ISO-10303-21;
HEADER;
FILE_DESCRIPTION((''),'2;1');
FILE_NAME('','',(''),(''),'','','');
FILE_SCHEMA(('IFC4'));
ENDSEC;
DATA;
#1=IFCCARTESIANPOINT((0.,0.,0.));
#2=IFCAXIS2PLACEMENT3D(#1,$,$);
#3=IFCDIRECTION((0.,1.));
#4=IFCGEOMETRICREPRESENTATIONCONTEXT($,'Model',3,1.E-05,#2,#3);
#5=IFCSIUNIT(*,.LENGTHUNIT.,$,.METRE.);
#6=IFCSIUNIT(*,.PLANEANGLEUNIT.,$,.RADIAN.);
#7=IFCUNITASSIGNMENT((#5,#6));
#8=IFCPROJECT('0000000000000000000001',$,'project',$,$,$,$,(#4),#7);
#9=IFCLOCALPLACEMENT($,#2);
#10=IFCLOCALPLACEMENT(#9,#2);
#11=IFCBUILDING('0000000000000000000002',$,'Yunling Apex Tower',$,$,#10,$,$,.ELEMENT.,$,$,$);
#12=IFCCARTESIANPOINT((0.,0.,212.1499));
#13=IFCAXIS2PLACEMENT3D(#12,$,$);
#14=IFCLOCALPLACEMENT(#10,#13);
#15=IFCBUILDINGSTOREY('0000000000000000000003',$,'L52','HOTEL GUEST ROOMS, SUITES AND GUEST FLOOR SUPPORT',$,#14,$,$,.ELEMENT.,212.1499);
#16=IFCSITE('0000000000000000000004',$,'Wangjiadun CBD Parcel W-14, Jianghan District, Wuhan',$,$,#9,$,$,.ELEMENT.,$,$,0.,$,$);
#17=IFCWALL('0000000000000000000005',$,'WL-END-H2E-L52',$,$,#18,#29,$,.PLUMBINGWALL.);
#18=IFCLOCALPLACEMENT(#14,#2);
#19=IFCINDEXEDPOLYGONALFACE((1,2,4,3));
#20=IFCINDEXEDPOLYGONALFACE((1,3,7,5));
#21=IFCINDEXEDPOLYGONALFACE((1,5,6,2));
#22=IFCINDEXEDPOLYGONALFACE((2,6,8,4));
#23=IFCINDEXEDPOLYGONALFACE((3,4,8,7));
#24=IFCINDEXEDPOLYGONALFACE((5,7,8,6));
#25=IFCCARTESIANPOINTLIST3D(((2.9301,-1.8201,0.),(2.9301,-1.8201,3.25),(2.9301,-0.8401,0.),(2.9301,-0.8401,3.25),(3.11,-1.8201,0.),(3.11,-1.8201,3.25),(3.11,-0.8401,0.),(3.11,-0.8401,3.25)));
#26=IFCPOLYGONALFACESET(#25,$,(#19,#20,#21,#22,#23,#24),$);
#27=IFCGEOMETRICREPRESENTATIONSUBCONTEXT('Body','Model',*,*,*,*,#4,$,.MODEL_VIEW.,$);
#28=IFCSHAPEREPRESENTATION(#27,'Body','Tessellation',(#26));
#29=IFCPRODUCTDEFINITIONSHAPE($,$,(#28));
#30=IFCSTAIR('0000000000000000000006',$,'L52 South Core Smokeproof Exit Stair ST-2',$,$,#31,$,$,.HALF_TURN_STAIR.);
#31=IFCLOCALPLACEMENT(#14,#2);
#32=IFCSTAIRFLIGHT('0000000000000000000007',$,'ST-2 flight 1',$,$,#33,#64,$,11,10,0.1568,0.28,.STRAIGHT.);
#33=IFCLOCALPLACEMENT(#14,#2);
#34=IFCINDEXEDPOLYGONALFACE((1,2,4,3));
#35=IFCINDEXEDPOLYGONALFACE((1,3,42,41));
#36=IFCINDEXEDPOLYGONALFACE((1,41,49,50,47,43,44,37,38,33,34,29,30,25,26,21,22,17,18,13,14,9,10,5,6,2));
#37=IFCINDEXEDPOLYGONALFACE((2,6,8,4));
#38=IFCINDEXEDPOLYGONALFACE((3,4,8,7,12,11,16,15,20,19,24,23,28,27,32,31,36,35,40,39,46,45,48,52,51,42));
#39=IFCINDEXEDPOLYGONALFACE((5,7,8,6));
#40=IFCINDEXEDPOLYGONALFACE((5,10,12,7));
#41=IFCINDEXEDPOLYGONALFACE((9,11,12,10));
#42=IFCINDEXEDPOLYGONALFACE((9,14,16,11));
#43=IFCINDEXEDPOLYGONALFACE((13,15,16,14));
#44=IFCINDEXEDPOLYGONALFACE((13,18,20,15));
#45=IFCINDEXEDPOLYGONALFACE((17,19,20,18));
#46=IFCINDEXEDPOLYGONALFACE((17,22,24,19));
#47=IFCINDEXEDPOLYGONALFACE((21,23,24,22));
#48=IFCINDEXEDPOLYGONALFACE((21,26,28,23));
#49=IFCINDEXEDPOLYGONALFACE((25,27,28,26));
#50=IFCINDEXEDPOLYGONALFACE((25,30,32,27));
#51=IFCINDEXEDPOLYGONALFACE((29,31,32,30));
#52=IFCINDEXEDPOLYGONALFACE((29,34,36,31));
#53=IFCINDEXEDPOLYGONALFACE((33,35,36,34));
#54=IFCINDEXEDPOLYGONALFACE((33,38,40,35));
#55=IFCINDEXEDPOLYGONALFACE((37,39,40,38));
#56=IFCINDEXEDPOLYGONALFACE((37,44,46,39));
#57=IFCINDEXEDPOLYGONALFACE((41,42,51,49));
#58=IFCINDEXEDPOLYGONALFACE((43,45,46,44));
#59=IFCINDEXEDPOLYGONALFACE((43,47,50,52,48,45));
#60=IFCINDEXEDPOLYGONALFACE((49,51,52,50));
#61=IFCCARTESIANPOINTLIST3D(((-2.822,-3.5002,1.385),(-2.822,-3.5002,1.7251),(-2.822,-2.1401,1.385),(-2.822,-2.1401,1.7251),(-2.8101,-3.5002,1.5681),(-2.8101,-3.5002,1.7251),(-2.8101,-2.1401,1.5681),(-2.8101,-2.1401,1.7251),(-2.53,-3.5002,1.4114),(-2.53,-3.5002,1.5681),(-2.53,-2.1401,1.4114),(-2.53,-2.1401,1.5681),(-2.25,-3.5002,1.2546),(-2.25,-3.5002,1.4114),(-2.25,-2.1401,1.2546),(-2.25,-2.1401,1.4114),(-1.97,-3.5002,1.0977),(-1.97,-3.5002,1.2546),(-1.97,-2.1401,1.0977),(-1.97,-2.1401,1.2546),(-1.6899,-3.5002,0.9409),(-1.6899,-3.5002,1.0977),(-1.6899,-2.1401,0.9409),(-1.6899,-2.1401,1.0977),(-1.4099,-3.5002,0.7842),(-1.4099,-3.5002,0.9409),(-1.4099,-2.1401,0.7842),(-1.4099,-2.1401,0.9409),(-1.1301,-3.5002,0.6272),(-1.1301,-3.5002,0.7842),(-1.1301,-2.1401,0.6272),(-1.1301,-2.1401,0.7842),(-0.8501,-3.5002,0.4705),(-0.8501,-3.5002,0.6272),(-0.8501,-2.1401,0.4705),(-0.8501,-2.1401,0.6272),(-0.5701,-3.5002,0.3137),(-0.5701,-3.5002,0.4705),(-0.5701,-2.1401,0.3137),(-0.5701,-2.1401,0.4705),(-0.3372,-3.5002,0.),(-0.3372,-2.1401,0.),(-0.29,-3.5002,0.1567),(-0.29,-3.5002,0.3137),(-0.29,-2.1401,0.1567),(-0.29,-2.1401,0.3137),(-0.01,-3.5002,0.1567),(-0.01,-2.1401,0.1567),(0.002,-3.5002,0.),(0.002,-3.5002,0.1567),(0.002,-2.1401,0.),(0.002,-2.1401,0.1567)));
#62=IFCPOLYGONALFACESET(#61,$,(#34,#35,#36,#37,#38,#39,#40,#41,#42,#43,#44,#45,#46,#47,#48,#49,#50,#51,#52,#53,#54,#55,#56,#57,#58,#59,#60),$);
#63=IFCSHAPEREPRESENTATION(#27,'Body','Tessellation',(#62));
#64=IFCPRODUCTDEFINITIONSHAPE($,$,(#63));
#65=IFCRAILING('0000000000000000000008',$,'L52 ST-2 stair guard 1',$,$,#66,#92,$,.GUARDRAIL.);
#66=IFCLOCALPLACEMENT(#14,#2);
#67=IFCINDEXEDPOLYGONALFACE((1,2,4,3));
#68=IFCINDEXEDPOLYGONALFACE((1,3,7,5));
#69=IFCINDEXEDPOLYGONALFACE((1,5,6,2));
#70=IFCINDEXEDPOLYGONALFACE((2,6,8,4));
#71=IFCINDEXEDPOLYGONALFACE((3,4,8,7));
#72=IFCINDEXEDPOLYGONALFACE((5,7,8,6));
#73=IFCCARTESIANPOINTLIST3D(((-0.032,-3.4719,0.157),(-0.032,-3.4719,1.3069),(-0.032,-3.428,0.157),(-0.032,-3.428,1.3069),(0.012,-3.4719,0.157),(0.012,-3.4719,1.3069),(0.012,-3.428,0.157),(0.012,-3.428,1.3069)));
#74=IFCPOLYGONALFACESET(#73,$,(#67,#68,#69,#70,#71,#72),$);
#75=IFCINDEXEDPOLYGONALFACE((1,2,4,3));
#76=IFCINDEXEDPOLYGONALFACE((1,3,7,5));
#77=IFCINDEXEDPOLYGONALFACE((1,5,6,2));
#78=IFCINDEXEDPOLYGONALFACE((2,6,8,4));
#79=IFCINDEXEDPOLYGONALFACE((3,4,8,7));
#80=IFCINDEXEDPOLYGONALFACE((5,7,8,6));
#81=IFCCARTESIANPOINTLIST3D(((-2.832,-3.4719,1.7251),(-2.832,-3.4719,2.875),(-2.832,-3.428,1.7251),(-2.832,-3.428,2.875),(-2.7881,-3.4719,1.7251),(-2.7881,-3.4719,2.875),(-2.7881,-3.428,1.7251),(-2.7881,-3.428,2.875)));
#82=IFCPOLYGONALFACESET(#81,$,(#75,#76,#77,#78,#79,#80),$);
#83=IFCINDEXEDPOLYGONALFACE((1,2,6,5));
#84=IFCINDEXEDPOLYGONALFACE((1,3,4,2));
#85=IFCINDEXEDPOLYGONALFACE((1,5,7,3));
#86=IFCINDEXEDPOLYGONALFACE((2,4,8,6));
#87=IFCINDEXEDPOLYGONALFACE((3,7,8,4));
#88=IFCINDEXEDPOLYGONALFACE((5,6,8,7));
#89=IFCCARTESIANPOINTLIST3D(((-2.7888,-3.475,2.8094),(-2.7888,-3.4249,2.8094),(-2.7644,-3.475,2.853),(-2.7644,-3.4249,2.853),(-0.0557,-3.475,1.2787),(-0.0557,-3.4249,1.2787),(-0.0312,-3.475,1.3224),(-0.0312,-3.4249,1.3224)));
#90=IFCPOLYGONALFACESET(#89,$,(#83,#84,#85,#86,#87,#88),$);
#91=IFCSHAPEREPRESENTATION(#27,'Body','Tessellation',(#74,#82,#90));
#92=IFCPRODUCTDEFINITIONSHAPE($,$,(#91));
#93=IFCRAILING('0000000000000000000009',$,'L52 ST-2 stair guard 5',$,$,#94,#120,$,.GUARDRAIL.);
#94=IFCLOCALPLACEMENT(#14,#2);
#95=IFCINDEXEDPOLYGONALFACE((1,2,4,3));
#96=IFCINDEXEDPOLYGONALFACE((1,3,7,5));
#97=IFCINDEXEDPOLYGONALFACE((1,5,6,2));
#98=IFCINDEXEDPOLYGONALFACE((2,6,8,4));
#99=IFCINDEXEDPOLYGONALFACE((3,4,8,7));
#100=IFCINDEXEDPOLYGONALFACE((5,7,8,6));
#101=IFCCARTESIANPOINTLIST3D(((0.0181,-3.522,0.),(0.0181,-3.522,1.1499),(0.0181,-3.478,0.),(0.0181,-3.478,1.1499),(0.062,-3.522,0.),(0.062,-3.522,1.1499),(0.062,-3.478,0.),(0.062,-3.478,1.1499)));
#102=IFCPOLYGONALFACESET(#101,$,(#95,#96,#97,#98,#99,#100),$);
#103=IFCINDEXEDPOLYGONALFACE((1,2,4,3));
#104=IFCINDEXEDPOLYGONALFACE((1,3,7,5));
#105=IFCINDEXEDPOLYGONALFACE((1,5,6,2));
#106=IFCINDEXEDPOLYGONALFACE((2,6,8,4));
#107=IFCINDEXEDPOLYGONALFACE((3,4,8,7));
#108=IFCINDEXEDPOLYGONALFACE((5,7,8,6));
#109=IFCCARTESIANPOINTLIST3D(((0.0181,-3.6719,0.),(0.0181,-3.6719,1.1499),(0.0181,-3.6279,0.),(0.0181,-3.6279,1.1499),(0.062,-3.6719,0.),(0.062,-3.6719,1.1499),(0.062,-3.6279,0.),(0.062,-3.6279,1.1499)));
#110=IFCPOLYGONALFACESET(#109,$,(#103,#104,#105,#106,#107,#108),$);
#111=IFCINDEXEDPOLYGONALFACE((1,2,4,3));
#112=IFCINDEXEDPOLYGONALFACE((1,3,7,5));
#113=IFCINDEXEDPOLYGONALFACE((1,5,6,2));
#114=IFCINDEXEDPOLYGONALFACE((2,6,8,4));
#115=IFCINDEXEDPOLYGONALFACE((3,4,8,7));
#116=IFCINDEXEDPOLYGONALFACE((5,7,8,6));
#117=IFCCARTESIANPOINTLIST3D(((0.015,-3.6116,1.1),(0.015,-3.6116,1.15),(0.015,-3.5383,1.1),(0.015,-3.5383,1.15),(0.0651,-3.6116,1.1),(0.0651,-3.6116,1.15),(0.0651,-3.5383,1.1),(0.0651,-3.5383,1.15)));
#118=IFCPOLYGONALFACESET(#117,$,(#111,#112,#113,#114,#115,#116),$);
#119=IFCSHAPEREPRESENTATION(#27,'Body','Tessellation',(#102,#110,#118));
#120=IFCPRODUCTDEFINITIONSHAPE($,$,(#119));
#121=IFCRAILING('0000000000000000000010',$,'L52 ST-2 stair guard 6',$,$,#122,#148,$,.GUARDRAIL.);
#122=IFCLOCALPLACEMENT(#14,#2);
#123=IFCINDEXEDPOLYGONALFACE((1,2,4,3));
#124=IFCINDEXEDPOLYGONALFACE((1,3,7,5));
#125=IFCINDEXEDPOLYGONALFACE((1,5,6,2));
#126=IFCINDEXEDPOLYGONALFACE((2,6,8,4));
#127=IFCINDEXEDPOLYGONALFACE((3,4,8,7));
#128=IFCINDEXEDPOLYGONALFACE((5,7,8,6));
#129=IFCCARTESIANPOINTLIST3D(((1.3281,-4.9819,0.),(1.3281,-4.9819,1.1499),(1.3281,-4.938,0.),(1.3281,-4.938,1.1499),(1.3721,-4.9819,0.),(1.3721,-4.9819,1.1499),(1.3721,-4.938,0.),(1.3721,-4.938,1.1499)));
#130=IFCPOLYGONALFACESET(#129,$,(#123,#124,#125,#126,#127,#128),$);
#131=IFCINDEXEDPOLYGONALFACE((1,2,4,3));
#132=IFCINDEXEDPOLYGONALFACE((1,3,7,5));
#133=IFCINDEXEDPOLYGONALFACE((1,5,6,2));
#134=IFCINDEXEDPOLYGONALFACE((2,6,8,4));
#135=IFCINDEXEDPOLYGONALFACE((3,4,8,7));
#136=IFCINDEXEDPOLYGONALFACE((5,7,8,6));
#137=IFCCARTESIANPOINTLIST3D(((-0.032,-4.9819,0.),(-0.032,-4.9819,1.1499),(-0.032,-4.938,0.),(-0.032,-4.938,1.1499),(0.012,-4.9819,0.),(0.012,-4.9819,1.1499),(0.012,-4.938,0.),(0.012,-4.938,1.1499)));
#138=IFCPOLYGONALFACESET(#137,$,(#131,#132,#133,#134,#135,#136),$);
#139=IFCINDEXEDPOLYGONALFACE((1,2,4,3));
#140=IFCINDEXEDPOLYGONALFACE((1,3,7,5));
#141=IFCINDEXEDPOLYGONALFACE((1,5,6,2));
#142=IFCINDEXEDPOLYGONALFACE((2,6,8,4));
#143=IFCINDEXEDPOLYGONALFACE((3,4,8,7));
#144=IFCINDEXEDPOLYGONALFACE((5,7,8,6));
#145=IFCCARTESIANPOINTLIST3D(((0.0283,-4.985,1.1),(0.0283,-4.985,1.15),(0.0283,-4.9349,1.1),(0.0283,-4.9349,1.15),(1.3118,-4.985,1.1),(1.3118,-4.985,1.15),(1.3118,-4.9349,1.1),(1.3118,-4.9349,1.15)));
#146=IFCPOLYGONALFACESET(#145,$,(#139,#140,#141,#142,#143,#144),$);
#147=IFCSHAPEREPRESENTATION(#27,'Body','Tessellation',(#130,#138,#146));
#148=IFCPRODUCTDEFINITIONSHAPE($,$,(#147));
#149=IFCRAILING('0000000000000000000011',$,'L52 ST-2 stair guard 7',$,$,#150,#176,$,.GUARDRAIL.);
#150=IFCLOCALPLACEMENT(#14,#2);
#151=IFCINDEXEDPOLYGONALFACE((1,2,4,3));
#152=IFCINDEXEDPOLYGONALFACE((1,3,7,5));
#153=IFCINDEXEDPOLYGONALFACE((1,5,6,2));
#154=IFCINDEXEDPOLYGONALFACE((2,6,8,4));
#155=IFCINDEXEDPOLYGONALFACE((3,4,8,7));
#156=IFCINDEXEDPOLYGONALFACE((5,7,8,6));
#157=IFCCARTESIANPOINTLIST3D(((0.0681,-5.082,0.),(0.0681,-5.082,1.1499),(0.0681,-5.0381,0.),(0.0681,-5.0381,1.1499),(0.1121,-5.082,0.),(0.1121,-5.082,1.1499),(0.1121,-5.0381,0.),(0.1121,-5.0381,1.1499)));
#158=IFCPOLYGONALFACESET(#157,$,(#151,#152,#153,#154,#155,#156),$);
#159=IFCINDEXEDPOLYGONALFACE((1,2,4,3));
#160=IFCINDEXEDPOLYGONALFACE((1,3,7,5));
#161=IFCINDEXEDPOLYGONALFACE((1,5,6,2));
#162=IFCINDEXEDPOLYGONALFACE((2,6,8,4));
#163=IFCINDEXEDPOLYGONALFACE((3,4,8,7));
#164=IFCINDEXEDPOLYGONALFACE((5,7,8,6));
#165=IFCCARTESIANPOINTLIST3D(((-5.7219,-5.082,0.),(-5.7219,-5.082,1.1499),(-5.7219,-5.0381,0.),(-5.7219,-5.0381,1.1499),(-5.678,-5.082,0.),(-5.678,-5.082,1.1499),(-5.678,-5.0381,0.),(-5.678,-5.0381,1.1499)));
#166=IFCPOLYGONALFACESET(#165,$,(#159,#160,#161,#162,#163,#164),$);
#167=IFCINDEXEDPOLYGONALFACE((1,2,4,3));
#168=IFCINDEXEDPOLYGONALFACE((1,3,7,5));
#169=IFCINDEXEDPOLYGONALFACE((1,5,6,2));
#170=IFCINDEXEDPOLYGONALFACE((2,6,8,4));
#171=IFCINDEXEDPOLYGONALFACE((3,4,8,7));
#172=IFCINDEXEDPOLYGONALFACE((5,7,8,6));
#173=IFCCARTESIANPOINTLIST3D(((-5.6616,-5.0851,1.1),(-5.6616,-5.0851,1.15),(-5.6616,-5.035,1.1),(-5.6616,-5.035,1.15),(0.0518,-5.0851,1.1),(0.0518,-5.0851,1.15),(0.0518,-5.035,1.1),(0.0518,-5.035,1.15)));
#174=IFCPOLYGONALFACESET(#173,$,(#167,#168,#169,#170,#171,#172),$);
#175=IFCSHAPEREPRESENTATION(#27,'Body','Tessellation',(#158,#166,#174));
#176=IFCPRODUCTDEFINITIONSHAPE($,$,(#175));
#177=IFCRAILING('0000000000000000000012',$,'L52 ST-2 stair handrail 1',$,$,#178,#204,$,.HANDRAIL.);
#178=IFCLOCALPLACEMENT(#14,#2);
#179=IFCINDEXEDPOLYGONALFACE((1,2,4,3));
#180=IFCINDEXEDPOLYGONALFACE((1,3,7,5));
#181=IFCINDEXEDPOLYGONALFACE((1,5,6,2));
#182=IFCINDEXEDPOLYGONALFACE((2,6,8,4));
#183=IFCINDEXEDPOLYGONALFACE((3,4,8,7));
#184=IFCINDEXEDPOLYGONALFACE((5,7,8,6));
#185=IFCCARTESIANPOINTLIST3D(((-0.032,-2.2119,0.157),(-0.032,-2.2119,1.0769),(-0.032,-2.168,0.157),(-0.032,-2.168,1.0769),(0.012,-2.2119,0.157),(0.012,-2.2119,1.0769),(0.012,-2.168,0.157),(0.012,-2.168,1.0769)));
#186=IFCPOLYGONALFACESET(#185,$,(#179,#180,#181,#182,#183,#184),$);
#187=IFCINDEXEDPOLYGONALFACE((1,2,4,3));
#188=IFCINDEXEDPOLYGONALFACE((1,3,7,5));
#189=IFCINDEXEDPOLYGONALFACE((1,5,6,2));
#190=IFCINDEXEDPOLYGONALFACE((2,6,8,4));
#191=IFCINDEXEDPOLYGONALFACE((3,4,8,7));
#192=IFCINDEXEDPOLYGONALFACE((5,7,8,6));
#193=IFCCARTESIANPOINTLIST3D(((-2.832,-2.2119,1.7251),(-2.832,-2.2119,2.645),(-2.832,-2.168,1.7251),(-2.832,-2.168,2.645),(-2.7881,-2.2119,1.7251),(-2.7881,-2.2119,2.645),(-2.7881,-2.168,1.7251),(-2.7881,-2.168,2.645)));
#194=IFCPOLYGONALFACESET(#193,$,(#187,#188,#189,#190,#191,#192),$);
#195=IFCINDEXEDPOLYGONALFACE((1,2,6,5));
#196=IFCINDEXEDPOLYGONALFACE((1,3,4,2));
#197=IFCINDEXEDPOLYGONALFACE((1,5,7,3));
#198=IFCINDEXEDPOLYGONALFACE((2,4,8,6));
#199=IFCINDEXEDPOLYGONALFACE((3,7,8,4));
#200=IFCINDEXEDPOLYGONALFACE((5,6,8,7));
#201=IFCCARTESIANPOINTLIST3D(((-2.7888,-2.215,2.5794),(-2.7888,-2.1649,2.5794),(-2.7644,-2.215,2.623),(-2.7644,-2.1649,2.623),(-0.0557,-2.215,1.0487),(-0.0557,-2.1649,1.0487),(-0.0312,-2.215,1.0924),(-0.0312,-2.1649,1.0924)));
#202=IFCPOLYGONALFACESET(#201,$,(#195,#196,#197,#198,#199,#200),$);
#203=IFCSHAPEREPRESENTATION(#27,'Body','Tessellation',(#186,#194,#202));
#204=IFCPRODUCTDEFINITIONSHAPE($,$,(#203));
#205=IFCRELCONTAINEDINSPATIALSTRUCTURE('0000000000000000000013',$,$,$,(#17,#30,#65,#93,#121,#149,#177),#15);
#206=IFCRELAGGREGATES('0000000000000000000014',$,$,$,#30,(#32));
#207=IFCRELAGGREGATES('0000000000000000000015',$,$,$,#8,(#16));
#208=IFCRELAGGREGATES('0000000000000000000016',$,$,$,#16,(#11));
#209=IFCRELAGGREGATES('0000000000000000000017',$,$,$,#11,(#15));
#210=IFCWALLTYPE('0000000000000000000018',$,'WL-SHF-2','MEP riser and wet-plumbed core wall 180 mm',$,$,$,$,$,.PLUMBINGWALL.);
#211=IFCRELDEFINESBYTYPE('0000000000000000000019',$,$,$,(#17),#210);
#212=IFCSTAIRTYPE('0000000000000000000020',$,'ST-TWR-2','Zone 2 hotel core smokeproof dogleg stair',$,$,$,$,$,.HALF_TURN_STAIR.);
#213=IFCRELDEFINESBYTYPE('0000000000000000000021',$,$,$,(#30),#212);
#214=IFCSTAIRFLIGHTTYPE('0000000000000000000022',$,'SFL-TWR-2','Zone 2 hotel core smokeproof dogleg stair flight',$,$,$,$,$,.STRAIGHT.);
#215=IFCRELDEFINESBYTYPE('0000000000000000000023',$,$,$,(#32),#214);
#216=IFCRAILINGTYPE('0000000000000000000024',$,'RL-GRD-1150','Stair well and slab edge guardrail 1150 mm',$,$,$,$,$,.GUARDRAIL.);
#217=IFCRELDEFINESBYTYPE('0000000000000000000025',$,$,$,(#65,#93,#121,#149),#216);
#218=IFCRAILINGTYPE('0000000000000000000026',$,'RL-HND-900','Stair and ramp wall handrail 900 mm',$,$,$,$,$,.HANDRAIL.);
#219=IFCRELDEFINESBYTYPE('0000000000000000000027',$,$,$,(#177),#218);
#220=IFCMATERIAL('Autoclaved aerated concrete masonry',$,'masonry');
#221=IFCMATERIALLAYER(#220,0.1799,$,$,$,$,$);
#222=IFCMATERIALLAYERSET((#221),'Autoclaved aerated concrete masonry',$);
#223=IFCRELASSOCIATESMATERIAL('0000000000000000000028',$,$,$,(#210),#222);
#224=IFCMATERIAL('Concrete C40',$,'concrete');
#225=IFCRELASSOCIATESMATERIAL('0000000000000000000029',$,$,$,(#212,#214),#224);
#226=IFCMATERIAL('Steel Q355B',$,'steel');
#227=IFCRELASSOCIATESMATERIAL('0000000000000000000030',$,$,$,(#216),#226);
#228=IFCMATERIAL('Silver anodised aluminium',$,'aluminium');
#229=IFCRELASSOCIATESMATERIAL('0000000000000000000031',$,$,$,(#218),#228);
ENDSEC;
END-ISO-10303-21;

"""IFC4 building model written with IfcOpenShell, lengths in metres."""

from ifc_helpers import new_model, si_unit, direction, frame, frame_2d, origin, origin_2d, place, context, subcontext, project, spatial, polyline, rectangle, outline, extrude, material, layer, layer_set, type_object, element, aggregate, save


model = new_model("IFC4")

# Units and contexts
model_context = context("Model", 3, precision=1e-05, world=origin(), true_north=direction((0.0, 1.0)))
body_context = subcontext(model_context, "Body", "Model", "MODEL_VIEW")
ifc_project = project(units=[si_unit("LENGTHUNIT", "METRE"), si_unit("PLANEANGLEUNIT", "RADIAN")], contexts=[model_context])

# Site, building, storey
site_placement = place(None, origin())
site = spatial("IfcSite", under=ifc_project, at=site_placement, Name="Wangjiadun CBD Parcel W-14, Jianghan District, Wuhan", CompositionType="ELEMENT", RefElevation=0.0)
building_placement = place(site_placement, origin())
building = spatial("IfcBuilding", under=site, at=building_placement, Name="Yunling Apex Tower", CompositionType="ELEMENT")
storey_placement = place(building_placement, frame((0.0, 0.0, 212.1499)))
storey = spatial("IfcBuildingStorey", under=building, at=storey_placement, Name="L52", Description="HOTEL GUEST ROOMS, SUITES AND GUEST FLOOR SUPPORT", CompositionType="ELEMENT", Elevation=212.1499)

# Shared definitions
ifc_material_1 = material(Name="Concrete C40", Category="concrete")

# Shared definitions
ifc_material_2 = material(Name="Autoclaved aerated concrete masonry", Category="masonry")
ifc_material_3 = material(Name="Steel Q355B", Category="steel")

# Wall
ifc_layer_1 = layer(ifc_material_2, 0.1799)
ifc_layer_set_1 = layer_set([ifc_layer_1], Name="Autoclaved aerated concrete masonry")
wall_type_1 = type_object("IfcWallType", Name="WL-SHF-2", Description="MEP riser and wet-plumbed core wall 180 mm", PredefinedType="PLUMBINGWALL", material=ifc_layer_set_1)
for number, where, z_axis, x_axis, name in (
    (1, (3.02, -1.8201, 0.0), (0.0, 0.0, 1.0), (0.0, 1.0, 0.0), "WL-END-H2E-L52"),
):
    element("IfcWall", number, at=place(storey_placement, frame(where, z_axis=z_axis, x_axis=x_axis)), inside=storey, type_object=wall_type_1, Name=name, PredefinedType="PLUMBINGWALL", context=body_context, shape_type="SweptSolid", body=[
        extrude(rectangle(XDim=0.98, YDim=0.1799, at=frame_2d((0.49, 0.0))), origin(), (0.0, 0.0, 1.0), 3.25),
    ])

# Stair, stair flight
stair_type = type_object("IfcStairType", Name="ST-TWR-2", Description="Zone 2 hotel core smokeproof dogleg stair", PredefinedType="HALF_TURN_STAIR", material=ifc_material_1)
stair_placement = place(storey_placement, origin())
stair = element("IfcStair", 2, at=stair_placement, inside=storey, type_object=stair_type, Name="L52 South Core Smokeproof Exit Stair ST-2", PredefinedType="HALF_TURN_STAIR")
stair_flight_type = type_object("IfcStairFlightType", Name="SFL-TWR-2", Description="Zone 2 hotel core smokeproof dogleg stair flight", PredefinedType="STRAIGHT", material=ifc_material_1)
stair_flight_placement = place(storey_placement, frame((-0.01, -2.8201, 0.0), z_axis=(0.0, 0.0, 1.0), x_axis=(-1.0, 0.0, 0.0)))
stair_flight = element("IfcStairFlight", 3, at=stair_flight_placement, type_object=stair_flight_type, Name="ST-2 flight 1", NumberOfRisers=11, NumberOfTreads=10, PredefinedType="STRAIGHT", RiserHeight=0.1568, TreadLength=0.28, context=body_context, shape_type="SweptSolid", body=[
    extrude(outline(polyline([(-0.012, 0.0), (-0.012, 0.1567), (0.0, 0.1567), (0.28, 0.1567), (0.28, 0.3137), (0.5601, 0.3137), (0.5601, 0.4705), (0.8401, 0.4705), (0.8401, 0.6272), (1.1201, 0.6272), (1.1201, 0.7842), (1.3999, 0.7842), (1.3999, 0.9409), (1.6799, 0.9409), (1.6799, 1.0977), (1.96, 1.0977), (1.96, 1.2546), (2.24, 1.2546), (2.24, 1.4114), (2.52, 1.4114), (2.52, 1.5681), (2.8, 1.5681), (2.8, 1.7251), (2.812, 1.7251), (2.812, 1.385), (0.3271, 0.0), (-0.012, 0.0)])), frame((0.0, 0.6802, 0.0), z_axis=(0.0, -1.0, 0.0), x_axis=(1.0, 0.0, 0.0)), (0.0, 0.0, 1.0), 1.3601),
])
aggregate(stair, [stair_flight])

# Railings
railing_type_1 = type_object("IfcRailingType", Name="RL-GRD-1150", Description="Stair well and slab edge guardrail 1150 mm", PredefinedType="GUARDRAIL", material=ifc_material_3)
railing_1_placement = place(storey_placement, frame((-0.01, -3.45, 0.157)))
element("IfcRailing", 4, at=railing_1_placement, inside=storey, type_object=railing_type_1, Name="L52 ST-2 stair guard 1", PredefinedType="GUARDRAIL", context=body_context, shape_type="SweptSolid", body=[
    extrude(rectangle(XDim=0.0439, YDim=0.0439, at=origin_2d()), origin(), (0.0, 0.0, 1.0), 1.1499),
    extrude(rectangle(XDim=0.0439, YDim=0.0439, at=origin_2d()), frame((-2.8, 0.0, 1.5681)), (0.0, 0.0, 1.0), 1.1499),
    extrude(rectangle(XDim=0.05, YDim=0.05, at=origin_2d()), frame((-0.0334, 0.0, 1.1436), z_axis=(-0.872494, 0.0, 0.488624), x_axis=(0.0, -1.0, 0.0)), (0.0, 0.0, 1.0), 3.1326),
])
railing_2_placement = place(storey_placement, frame((0.04, -3.5, 0.0)))
element("IfcRailing", 5, at=railing_2_placement, inside=storey, type_object=railing_type_1, Name="L52 ST-2 stair guard 5", PredefinedType="GUARDRAIL", context=body_context, shape_type="SweptSolid", body=[
    extrude(rectangle(XDim=0.0439, YDim=0.0439, at=origin_2d()), origin(), (0.0, 0.0, 1.0), 1.1499),
    extrude(rectangle(XDim=0.0439, YDim=0.0439, at=origin_2d()), frame((0.0, -0.1499, 0.0)), (0.0, 0.0, 1.0), 1.1499),
    extrude(rectangle(XDim=0.05, YDim=0.05, at=origin_2d()), frame((0.0, -0.0383, 1.125), z_axis=(0.0, -1.0, 0.0), x_axis=(1.0, 0.0, 0.0)), (0.0, 0.0, 1.0), 0.0732),
])
railing_3_placement = place(storey_placement, frame((1.3501, -4.96, 0.0)))
element("IfcRailing", 6, at=railing_3_placement, inside=storey, type_object=railing_type_1, Name="L52 ST-2 stair guard 6", PredefinedType="GUARDRAIL", context=body_context, shape_type="SweptSolid", body=[
    extrude(rectangle(XDim=0.0439, YDim=0.0439, at=origin_2d()), origin(), (0.0, 0.0, 1.0), 1.1499),
    extrude(rectangle(XDim=0.0439, YDim=0.0439, at=origin_2d()), frame((-1.3601, 0.0, 0.0)), (0.0, 0.0, 1.0), 1.1499),
    extrude(rectangle(XDim=0.05, YDim=0.05, at=origin_2d()), frame((-0.0383, 0.0, 1.125), z_axis=(-1.0, 0.0, 0.0), x_axis=(0.0, -1.0, 0.0)), (0.0, 0.0, 1.0), 1.2834),
])
railing_4_placement = place(storey_placement, frame((0.0901, -5.0601, 0.0)))
element("IfcRailing", 7, at=railing_4_placement, inside=storey, type_object=railing_type_1, Name="L52 ST-2 stair guard 7", PredefinedType="GUARDRAIL", context=body_context, shape_type="SweptSolid", body=[
    extrude(rectangle(XDim=0.0439, YDim=0.0439, at=origin_2d()), origin(), (0.0, 0.0, 1.0), 1.1499),
    extrude(rectangle(XDim=0.0439, YDim=0.0439, at=origin_2d()), frame((-5.79, 0.0, 0.0)), (0.0, 0.0, 1.0), 1.1499),
    extrude(rectangle(XDim=0.05, YDim=0.05, at=origin_2d()), frame((-0.0383, 0.0, 1.125), z_axis=(-1.0, 0.0, 0.0), x_axis=(0.0, -1.0, 0.0)), (0.0, 0.0, 1.0), 5.7134),
])
ifc_material_4 = material(Name="Silver anodised aluminium", Category="aluminium")
railing_type_2 = type_object("IfcRailingType", Name="RL-HND-900", Description="Stair and ramp wall handrail 900 mm", PredefinedType="HANDRAIL", material=ifc_material_4)
railing_5_placement = place(storey_placement, frame((-0.01, -2.1899, 0.157)))
element("IfcRailing", 8, at=railing_5_placement, inside=storey, type_object=railing_type_2, Name="L52 ST-2 stair handrail 1", PredefinedType="HANDRAIL", context=body_context, shape_type="SweptSolid", body=[
    extrude(rectangle(XDim=0.0439, YDim=0.0439, at=origin_2d()), origin(), (0.0, 0.0, 1.0), 0.9199),
    extrude(rectangle(XDim=0.0439, YDim=0.0439, at=origin_2d()), frame((-2.8, 0.0, 1.5681)), (0.0, 0.0, 1.0), 0.9199),
    extrude(rectangle(XDim=0.05, YDim=0.05, at=origin_2d()), frame((-0.0334, 0.0, 0.9136), z_axis=(-0.872494, 0.0, 0.488624), x_axis=(0.0, -1.0, 0.0)), (0.0, 0.0, 1.0), 3.1326),
])

save(model, "model.ifc")
